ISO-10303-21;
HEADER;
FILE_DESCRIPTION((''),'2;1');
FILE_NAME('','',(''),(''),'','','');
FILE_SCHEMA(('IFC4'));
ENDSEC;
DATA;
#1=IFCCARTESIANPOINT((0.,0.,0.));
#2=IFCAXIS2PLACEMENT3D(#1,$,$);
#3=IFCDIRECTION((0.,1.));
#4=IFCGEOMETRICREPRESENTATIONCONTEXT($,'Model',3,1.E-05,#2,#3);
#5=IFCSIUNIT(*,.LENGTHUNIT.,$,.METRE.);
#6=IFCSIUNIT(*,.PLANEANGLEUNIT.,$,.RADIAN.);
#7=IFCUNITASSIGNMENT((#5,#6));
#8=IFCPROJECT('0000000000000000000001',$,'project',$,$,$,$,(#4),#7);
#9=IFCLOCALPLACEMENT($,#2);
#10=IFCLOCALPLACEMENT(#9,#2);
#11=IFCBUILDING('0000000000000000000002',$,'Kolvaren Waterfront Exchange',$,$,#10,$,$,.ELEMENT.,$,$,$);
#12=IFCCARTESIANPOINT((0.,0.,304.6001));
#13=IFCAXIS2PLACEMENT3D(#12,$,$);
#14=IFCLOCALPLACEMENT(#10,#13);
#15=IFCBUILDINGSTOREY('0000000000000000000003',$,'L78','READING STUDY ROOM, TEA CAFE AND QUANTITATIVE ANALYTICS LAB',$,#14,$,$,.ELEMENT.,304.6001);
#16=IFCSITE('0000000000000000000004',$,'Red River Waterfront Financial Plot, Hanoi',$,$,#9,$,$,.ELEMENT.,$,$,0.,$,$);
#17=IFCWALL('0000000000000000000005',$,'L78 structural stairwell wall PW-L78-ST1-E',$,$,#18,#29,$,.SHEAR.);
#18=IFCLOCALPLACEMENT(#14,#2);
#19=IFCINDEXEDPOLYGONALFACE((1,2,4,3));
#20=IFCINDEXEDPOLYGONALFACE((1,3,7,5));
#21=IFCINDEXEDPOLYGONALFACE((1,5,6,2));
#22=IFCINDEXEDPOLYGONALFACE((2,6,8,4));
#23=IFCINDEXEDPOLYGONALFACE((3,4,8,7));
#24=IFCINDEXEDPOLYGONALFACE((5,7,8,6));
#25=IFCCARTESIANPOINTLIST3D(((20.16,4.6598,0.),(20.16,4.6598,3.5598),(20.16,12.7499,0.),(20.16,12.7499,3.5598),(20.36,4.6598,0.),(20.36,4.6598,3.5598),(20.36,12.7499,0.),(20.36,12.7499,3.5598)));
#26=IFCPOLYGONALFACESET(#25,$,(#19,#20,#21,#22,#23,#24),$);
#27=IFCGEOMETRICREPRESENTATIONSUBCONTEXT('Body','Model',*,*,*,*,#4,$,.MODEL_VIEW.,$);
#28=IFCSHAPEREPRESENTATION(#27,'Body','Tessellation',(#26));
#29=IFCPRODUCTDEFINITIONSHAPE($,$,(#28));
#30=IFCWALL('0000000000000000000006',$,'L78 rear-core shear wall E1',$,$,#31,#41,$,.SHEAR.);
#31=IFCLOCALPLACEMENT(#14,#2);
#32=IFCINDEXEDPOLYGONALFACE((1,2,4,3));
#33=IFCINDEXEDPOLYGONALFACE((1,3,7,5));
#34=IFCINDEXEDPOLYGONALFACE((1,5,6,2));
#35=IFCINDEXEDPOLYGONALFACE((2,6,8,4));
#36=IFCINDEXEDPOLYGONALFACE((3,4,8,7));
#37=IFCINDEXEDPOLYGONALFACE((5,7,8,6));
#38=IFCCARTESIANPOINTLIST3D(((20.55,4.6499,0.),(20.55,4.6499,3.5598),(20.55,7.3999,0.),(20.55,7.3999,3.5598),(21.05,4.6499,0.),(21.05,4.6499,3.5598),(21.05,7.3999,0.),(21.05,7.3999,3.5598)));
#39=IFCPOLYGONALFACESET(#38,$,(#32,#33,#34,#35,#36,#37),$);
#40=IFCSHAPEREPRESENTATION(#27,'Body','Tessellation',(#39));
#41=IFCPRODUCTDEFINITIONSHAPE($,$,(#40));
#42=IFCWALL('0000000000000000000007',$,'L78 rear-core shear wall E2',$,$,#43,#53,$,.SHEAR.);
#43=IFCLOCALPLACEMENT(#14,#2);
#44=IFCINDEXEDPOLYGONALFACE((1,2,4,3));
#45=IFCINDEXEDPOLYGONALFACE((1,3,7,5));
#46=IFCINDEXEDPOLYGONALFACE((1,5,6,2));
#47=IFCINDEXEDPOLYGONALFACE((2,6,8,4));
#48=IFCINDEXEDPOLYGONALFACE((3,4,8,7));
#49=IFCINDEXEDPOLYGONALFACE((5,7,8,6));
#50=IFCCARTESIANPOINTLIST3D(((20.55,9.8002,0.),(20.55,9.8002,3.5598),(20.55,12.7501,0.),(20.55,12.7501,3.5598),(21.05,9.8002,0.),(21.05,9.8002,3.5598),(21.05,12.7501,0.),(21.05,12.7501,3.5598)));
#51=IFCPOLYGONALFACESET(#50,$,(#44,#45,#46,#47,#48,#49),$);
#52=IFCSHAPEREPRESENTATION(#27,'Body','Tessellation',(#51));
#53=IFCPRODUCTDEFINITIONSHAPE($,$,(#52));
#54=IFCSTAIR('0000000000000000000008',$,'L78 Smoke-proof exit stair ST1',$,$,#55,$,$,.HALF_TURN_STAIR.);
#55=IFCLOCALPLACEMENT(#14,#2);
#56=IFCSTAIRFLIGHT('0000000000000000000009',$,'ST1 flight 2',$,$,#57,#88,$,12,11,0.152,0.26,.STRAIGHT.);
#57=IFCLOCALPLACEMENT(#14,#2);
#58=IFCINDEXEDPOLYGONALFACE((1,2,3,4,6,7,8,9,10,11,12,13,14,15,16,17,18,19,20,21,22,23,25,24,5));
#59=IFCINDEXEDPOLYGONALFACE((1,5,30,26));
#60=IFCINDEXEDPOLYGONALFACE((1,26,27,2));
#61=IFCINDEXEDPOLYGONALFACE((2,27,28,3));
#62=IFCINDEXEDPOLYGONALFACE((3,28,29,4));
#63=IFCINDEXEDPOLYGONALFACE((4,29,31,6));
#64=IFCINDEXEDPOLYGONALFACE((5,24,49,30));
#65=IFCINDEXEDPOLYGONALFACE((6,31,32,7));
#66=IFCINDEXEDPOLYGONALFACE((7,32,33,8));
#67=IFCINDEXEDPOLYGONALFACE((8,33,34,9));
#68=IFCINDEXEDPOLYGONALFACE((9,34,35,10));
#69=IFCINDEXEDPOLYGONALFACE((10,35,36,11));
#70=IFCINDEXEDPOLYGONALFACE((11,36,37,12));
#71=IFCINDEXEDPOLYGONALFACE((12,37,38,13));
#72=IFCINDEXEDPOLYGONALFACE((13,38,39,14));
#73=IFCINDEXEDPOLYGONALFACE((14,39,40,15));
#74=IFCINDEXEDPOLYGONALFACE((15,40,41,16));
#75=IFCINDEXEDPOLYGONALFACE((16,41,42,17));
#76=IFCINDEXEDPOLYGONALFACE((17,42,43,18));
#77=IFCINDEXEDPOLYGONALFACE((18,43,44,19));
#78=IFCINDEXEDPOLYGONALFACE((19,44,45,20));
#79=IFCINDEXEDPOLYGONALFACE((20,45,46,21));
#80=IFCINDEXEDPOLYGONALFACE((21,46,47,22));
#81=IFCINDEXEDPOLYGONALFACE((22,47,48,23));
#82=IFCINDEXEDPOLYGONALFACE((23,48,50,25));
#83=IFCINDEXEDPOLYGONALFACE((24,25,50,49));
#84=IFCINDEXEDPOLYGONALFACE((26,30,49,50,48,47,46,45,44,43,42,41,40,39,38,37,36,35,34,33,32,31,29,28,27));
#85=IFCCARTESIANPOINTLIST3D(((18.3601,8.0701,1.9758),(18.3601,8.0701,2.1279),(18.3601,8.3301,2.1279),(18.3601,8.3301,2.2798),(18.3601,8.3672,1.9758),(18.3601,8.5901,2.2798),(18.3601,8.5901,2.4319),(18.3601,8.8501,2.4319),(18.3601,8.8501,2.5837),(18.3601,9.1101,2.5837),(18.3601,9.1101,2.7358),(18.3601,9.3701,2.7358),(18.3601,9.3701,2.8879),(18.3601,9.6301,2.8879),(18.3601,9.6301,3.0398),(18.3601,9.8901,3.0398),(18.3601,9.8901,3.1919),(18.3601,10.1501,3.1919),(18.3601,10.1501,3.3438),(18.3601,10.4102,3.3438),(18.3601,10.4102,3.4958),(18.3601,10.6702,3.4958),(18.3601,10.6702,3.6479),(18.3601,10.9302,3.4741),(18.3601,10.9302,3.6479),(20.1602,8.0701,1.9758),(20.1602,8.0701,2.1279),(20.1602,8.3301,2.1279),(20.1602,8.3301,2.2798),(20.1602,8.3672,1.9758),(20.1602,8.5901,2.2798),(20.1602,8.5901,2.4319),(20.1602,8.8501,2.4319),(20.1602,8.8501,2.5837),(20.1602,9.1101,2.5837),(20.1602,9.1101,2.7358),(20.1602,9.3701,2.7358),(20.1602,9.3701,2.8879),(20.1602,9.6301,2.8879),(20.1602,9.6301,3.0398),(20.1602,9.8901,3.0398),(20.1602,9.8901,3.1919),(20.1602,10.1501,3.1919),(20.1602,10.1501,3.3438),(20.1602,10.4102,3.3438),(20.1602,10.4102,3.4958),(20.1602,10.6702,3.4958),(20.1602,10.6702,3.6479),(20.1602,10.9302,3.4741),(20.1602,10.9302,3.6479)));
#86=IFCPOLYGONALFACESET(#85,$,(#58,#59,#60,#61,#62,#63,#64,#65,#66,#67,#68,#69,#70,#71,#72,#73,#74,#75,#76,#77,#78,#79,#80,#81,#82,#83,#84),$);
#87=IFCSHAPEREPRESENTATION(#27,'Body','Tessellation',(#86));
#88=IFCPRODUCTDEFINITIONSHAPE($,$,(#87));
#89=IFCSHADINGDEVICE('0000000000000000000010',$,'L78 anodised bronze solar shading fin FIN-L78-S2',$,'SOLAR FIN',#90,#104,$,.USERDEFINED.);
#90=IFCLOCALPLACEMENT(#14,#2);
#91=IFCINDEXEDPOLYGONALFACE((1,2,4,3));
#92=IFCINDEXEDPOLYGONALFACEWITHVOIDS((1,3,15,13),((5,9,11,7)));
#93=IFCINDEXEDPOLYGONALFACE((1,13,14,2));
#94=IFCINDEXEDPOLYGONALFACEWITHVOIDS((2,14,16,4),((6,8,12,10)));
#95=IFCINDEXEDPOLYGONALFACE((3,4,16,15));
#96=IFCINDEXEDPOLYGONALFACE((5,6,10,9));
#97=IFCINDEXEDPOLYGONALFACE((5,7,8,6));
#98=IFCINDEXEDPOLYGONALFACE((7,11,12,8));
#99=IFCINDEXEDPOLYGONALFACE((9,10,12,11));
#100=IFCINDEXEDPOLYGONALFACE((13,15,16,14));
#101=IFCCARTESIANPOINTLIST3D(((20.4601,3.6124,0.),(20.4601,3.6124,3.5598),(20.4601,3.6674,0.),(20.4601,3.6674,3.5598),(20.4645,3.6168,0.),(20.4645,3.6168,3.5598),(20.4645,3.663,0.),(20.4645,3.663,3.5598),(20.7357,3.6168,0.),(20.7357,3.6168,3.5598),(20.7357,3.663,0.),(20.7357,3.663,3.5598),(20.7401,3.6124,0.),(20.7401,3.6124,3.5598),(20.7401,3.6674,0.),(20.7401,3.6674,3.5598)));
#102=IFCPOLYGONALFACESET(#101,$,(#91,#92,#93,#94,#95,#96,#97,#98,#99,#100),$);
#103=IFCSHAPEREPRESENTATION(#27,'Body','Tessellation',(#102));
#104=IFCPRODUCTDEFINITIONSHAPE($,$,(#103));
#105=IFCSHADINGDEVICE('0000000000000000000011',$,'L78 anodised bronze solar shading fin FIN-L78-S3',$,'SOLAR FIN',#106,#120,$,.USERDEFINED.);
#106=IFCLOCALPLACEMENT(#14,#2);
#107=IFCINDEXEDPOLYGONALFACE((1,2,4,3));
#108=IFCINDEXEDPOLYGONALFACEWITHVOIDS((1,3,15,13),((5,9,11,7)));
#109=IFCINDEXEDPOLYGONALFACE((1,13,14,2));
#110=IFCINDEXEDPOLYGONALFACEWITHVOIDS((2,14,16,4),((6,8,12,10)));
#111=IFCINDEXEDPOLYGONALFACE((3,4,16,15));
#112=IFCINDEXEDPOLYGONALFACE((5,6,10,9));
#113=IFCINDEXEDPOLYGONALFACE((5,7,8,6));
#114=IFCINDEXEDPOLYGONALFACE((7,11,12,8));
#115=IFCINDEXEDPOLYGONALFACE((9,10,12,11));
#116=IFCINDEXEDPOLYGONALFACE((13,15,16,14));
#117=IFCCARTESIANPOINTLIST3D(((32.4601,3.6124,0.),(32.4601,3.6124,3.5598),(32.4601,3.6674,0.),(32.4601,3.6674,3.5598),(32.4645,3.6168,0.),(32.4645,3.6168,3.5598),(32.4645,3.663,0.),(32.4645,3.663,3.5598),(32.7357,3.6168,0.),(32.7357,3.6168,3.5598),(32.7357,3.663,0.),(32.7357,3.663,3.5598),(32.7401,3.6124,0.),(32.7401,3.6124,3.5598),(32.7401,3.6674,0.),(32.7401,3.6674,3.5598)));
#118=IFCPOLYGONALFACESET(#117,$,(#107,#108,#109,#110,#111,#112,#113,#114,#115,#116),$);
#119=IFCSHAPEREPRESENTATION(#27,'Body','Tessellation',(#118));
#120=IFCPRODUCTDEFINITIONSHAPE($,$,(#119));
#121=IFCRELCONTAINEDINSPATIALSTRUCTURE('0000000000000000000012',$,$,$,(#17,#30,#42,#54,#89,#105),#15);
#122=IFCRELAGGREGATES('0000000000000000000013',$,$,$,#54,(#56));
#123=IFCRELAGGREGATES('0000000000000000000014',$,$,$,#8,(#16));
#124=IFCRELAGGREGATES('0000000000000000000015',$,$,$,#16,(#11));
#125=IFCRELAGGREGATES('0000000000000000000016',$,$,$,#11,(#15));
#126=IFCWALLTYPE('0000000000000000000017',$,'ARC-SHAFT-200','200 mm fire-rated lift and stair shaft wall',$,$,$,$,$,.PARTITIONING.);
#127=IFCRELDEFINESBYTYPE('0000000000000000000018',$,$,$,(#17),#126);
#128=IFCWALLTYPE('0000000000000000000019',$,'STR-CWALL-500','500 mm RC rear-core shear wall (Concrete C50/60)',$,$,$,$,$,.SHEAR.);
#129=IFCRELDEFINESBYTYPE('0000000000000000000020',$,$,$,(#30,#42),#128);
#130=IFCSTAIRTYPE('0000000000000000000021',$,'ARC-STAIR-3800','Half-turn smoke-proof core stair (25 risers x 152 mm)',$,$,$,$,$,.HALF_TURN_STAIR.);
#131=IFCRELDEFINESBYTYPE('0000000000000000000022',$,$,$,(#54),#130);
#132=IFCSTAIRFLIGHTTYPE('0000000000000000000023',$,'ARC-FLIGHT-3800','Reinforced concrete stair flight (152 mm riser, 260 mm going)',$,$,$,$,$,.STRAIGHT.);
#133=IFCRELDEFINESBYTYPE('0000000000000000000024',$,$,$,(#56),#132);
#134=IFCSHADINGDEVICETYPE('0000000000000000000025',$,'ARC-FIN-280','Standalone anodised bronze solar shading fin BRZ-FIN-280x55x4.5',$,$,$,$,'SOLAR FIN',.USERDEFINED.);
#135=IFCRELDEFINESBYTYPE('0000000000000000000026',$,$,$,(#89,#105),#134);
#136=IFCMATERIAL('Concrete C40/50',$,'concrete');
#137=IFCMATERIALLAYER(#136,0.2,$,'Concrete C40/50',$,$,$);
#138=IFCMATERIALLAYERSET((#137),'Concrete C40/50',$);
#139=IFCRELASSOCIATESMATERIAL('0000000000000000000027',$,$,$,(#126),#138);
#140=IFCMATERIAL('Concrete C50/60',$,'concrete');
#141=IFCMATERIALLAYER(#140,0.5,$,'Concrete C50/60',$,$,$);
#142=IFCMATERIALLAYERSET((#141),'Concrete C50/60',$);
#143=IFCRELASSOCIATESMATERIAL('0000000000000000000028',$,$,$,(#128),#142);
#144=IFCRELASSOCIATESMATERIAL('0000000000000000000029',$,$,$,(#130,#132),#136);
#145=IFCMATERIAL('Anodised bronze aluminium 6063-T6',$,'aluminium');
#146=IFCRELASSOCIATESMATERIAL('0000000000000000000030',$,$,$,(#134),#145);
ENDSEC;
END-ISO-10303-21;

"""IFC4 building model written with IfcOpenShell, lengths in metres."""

from ifc_helpers import new_model, si_unit, direction, frame, frame_2d, origin, origin_2d, place, context, subcontext, project, spatial, polyline, rectangle, hollow_rectangle, outline, extrude, material, layer, layer_set, material_profile, profile_set, type_object, element, aggregate, save


model = new_model("IFC4")

# Units and contexts
model_context = context("Model", 3, precision=1e-05, world=origin(), true_north=direction((0.0, 1.0)))
body_context = subcontext(model_context, "Body", "Model", "MODEL_VIEW")
ifc_project = project(units=[si_unit("LENGTHUNIT", "METRE"), si_unit("PLANEANGLEUNIT", "RADIAN")], contexts=[model_context])

# Site, building, storey
site_placement = place(None, origin())
site = spatial("IfcSite", under=ifc_project, at=site_placement, Name="Red River Waterfront Financial Plot, Hanoi", CompositionType="ELEMENT", RefElevation=0.0)
building_placement = place(site_placement, origin())
building = spatial("IfcBuilding", under=site, at=building_placement, Name="Kolvaren Waterfront Exchange", CompositionType="ELEMENT")
storey_placement = place(building_placement, frame((0.0, 0.0, 304.6001)))
storey = spatial("IfcBuildingStorey", under=building, at=storey_placement, Name="L78", Description="READING STUDY ROOM, TEA CAFE AND QUANTITATIVE ANALYTICS LAB", CompositionType="ELEMENT", Elevation=304.6001)

# Shared definitions
ifc_material_1 = material(Name="Concrete C50/60", Category="concrete")

# Shared definitions
ifc_material_2 = material(Name="Anodised bronze aluminium 6063-T6", Category="aluminium")

# Walls
ifc_material_3 = material(Name="Concrete C40/50", Category="concrete")
ifc_layer_1 = layer(ifc_material_3, 0.2, Name="Concrete C40/50")
ifc_layer_set_1 = layer_set([ifc_layer_1], Name="Concrete C40/50")
wall_type_1 = type_object("IfcWallType", Name="ARC-SHAFT-200", Description="200 mm fire-rated lift and stair shaft wall", PredefinedType="PARTITIONING", material=ifc_layer_set_1)
wall_1_placement = place(storey_placement, frame((20.26, 4.6599, 0.0), z_axis=(0.0, 0.0, 1.0), x_axis=(0.0, 1.0, 0.0)))
element("IfcWall", 1, at=wall_1_placement, inside=storey, type_object=wall_type_1, Name="L78 structural stairwell wall PW-L78-ST1-E", PredefinedType="SHEAR", context=body_context, shape_type="SweptSolid", body=[
    extrude(rectangle(XDim=8.0901, YDim=0.2, at=frame_2d((4.0449, 0.0))), origin(), (0.0, 0.0, 1.0), 3.5598),
])
ifc_layer_2 = layer(ifc_material_1, 0.5, Name="Concrete C50/60")
ifc_layer_set_2 = layer_set([ifc_layer_2], Name="Concrete C50/60")
wall_type_2 = type_object("IfcWallType", Name="STR-CWALL-500", Description="500 mm RC rear-core shear wall (Concrete C50/60)", PredefinedType="SHEAR", material=ifc_layer_set_2)
wall_2_placement = place(storey_placement, frame((20.8, 4.6499, 0.0), z_axis=(0.0, 0.0, 1.0), x_axis=(0.0, 1.0, 0.0)))
element("IfcWall", 2, at=wall_2_placement, inside=storey, type_object=wall_type_2, Name="L78 rear-core shear wall E1", PredefinedType="SHEAR", context=body_context, shape_type="SweptSolid", body=[
    extrude(rectangle(XDim=2.75, YDim=0.5, at=frame_2d((1.375, 0.0))), origin(), (0.0, 0.0, 1.0), 3.5598),
])
wall_3_placement = place(storey_placement, frame((20.8, 9.8, 0.0), z_axis=(0.0, 0.0, 1.0), x_axis=(0.0, 1.0, 0.0)))
element("IfcWall", 3, at=wall_3_placement, inside=storey, type_object=wall_type_2, Name="L78 rear-core shear wall E2", PredefinedType="SHEAR", context=body_context, shape_type="SweptSolid", body=[
    extrude(rectangle(XDim=2.95, YDim=0.5, at=frame_2d((1.4751, 0.0))), origin(), (0.0, 0.0, 1.0), 3.5598),
])

# Stair, stair flight
stair_type = type_object("IfcStairType", Name="ARC-STAIR-3800", Description="Half-turn smoke-proof core stair (25 risers x 152 mm)", PredefinedType="HALF_TURN_STAIR", material=ifc_material_3)
stair_placement = place(storey_placement, origin())
stair = element("IfcStair", 4, at=stair_placement, inside=storey, type_object=stair_type, Name="L78 Smoke-proof exit stair ST1", PredefinedType="HALF_TURN_STAIR")
stair_flight_type = type_object("IfcStairFlightType", Name="ARC-FLIGHT-3800", Description="Reinforced concrete stair flight (152 mm riser, 260 mm going)", PredefinedType="STRAIGHT", material=ifc_material_3)
stair_flight_placement = place(storey_placement, frame((19.26, 8.0701, 1.9758), z_axis=(0.0, 0.0, 1.0), x_axis=(0.0, 1.0, 0.0)))
stair_flight = element("IfcStairFlight", 5, at=stair_flight_placement, type_object=stair_flight_type, Name="ST1 flight 2", NumberOfRisers=12, NumberOfTreads=11, PredefinedType="STRAIGHT", RiserHeight=0.152, TreadLength=0.26, context=body_context, shape_type="SweptSolid", body=[
    extrude(outline(polyline([(0.0, 0.0), (0.0, 0.1521), (0.26, 0.1521), (0.26, 0.304), (0.52, 0.304), (0.52, 0.4561), (0.78, 0.4561), (0.78, 0.6079), (1.04, 0.6079), (1.04, 0.76), (1.3, 0.76), (1.3, 0.9121), (1.5601, 0.9121), (1.5601, 1.064), (1.8201, 1.064), (1.8201, 1.2161), (2.0801, 1.2161), (2.0801, 1.3679), (2.3401, 1.3679), (2.3401, 1.52), (2.6001, 1.52), (2.6001, 1.6721), (2.8601, 1.6721), (2.8601, 1.824), (2.8601, 1.4983), (0.2971, 0.0), (0.0, 0.0)])), frame((0.0, 0.8999, 0.0), z_axis=(0.0, -1.0, 0.0), x_axis=(1.0, 0.0, 0.0)), (0.0, 0.0, 1.0), 1.8),
])
aggregate(stair, [stair_flight])

# Shading devices
ifc_material_profile_1 = material_profile(ifc_material_2, hollow_rectangle(XDim=0.0549, YDim=0.28, WallThickness=0.0044, at=origin_2d()), Name="BRZ-FIN-280x55x4.5")
ifc_profile_set_1 = profile_set([ifc_material_profile_1], Name="Anodised bronze aluminium 6063-T6")
shading_device_type = type_object("IfcShadingDeviceType", Name="ARC-FIN-280", Description="Standalone anodised bronze solar shading fin BRZ-FIN-280x55x4.5", ElementType="SOLAR FIN", PredefinedType="USERDEFINED", material=ifc_profile_set_1)
for number, where, z_axis, x_axis, name in (
    (6, (20.6001, 3.6399, 0.0), (0.0, 0.0, 1.0), (0.0, -1.0, 0.0), "L78 anodised bronze solar shading fin FIN-L78-S2"),
    (7, (32.6001, 3.6399, 0.0), (0.0, 0.0, 1.0), (0.0, -1.0, 0.0), "L78 anodised bronze solar shading fin FIN-L78-S3"),
):
    element("IfcShadingDevice", number, at=place(storey_placement, frame(where, z_axis=z_axis, x_axis=x_axis)), inside=storey, type_object=shading_device_type, Name=name, ObjectType="SOLAR FIN", PredefinedType="USERDEFINED", context=body_context, shape_type="SweptSolid", body=[
        extrude(hollow_rectangle(XDim=0.0549, YDim=0.28, WallThickness=0.0044, at=origin_2d()), origin(), (0.0, 0.0, 1.0), 3.5598),
    ])

save(model, "model.ifc")
